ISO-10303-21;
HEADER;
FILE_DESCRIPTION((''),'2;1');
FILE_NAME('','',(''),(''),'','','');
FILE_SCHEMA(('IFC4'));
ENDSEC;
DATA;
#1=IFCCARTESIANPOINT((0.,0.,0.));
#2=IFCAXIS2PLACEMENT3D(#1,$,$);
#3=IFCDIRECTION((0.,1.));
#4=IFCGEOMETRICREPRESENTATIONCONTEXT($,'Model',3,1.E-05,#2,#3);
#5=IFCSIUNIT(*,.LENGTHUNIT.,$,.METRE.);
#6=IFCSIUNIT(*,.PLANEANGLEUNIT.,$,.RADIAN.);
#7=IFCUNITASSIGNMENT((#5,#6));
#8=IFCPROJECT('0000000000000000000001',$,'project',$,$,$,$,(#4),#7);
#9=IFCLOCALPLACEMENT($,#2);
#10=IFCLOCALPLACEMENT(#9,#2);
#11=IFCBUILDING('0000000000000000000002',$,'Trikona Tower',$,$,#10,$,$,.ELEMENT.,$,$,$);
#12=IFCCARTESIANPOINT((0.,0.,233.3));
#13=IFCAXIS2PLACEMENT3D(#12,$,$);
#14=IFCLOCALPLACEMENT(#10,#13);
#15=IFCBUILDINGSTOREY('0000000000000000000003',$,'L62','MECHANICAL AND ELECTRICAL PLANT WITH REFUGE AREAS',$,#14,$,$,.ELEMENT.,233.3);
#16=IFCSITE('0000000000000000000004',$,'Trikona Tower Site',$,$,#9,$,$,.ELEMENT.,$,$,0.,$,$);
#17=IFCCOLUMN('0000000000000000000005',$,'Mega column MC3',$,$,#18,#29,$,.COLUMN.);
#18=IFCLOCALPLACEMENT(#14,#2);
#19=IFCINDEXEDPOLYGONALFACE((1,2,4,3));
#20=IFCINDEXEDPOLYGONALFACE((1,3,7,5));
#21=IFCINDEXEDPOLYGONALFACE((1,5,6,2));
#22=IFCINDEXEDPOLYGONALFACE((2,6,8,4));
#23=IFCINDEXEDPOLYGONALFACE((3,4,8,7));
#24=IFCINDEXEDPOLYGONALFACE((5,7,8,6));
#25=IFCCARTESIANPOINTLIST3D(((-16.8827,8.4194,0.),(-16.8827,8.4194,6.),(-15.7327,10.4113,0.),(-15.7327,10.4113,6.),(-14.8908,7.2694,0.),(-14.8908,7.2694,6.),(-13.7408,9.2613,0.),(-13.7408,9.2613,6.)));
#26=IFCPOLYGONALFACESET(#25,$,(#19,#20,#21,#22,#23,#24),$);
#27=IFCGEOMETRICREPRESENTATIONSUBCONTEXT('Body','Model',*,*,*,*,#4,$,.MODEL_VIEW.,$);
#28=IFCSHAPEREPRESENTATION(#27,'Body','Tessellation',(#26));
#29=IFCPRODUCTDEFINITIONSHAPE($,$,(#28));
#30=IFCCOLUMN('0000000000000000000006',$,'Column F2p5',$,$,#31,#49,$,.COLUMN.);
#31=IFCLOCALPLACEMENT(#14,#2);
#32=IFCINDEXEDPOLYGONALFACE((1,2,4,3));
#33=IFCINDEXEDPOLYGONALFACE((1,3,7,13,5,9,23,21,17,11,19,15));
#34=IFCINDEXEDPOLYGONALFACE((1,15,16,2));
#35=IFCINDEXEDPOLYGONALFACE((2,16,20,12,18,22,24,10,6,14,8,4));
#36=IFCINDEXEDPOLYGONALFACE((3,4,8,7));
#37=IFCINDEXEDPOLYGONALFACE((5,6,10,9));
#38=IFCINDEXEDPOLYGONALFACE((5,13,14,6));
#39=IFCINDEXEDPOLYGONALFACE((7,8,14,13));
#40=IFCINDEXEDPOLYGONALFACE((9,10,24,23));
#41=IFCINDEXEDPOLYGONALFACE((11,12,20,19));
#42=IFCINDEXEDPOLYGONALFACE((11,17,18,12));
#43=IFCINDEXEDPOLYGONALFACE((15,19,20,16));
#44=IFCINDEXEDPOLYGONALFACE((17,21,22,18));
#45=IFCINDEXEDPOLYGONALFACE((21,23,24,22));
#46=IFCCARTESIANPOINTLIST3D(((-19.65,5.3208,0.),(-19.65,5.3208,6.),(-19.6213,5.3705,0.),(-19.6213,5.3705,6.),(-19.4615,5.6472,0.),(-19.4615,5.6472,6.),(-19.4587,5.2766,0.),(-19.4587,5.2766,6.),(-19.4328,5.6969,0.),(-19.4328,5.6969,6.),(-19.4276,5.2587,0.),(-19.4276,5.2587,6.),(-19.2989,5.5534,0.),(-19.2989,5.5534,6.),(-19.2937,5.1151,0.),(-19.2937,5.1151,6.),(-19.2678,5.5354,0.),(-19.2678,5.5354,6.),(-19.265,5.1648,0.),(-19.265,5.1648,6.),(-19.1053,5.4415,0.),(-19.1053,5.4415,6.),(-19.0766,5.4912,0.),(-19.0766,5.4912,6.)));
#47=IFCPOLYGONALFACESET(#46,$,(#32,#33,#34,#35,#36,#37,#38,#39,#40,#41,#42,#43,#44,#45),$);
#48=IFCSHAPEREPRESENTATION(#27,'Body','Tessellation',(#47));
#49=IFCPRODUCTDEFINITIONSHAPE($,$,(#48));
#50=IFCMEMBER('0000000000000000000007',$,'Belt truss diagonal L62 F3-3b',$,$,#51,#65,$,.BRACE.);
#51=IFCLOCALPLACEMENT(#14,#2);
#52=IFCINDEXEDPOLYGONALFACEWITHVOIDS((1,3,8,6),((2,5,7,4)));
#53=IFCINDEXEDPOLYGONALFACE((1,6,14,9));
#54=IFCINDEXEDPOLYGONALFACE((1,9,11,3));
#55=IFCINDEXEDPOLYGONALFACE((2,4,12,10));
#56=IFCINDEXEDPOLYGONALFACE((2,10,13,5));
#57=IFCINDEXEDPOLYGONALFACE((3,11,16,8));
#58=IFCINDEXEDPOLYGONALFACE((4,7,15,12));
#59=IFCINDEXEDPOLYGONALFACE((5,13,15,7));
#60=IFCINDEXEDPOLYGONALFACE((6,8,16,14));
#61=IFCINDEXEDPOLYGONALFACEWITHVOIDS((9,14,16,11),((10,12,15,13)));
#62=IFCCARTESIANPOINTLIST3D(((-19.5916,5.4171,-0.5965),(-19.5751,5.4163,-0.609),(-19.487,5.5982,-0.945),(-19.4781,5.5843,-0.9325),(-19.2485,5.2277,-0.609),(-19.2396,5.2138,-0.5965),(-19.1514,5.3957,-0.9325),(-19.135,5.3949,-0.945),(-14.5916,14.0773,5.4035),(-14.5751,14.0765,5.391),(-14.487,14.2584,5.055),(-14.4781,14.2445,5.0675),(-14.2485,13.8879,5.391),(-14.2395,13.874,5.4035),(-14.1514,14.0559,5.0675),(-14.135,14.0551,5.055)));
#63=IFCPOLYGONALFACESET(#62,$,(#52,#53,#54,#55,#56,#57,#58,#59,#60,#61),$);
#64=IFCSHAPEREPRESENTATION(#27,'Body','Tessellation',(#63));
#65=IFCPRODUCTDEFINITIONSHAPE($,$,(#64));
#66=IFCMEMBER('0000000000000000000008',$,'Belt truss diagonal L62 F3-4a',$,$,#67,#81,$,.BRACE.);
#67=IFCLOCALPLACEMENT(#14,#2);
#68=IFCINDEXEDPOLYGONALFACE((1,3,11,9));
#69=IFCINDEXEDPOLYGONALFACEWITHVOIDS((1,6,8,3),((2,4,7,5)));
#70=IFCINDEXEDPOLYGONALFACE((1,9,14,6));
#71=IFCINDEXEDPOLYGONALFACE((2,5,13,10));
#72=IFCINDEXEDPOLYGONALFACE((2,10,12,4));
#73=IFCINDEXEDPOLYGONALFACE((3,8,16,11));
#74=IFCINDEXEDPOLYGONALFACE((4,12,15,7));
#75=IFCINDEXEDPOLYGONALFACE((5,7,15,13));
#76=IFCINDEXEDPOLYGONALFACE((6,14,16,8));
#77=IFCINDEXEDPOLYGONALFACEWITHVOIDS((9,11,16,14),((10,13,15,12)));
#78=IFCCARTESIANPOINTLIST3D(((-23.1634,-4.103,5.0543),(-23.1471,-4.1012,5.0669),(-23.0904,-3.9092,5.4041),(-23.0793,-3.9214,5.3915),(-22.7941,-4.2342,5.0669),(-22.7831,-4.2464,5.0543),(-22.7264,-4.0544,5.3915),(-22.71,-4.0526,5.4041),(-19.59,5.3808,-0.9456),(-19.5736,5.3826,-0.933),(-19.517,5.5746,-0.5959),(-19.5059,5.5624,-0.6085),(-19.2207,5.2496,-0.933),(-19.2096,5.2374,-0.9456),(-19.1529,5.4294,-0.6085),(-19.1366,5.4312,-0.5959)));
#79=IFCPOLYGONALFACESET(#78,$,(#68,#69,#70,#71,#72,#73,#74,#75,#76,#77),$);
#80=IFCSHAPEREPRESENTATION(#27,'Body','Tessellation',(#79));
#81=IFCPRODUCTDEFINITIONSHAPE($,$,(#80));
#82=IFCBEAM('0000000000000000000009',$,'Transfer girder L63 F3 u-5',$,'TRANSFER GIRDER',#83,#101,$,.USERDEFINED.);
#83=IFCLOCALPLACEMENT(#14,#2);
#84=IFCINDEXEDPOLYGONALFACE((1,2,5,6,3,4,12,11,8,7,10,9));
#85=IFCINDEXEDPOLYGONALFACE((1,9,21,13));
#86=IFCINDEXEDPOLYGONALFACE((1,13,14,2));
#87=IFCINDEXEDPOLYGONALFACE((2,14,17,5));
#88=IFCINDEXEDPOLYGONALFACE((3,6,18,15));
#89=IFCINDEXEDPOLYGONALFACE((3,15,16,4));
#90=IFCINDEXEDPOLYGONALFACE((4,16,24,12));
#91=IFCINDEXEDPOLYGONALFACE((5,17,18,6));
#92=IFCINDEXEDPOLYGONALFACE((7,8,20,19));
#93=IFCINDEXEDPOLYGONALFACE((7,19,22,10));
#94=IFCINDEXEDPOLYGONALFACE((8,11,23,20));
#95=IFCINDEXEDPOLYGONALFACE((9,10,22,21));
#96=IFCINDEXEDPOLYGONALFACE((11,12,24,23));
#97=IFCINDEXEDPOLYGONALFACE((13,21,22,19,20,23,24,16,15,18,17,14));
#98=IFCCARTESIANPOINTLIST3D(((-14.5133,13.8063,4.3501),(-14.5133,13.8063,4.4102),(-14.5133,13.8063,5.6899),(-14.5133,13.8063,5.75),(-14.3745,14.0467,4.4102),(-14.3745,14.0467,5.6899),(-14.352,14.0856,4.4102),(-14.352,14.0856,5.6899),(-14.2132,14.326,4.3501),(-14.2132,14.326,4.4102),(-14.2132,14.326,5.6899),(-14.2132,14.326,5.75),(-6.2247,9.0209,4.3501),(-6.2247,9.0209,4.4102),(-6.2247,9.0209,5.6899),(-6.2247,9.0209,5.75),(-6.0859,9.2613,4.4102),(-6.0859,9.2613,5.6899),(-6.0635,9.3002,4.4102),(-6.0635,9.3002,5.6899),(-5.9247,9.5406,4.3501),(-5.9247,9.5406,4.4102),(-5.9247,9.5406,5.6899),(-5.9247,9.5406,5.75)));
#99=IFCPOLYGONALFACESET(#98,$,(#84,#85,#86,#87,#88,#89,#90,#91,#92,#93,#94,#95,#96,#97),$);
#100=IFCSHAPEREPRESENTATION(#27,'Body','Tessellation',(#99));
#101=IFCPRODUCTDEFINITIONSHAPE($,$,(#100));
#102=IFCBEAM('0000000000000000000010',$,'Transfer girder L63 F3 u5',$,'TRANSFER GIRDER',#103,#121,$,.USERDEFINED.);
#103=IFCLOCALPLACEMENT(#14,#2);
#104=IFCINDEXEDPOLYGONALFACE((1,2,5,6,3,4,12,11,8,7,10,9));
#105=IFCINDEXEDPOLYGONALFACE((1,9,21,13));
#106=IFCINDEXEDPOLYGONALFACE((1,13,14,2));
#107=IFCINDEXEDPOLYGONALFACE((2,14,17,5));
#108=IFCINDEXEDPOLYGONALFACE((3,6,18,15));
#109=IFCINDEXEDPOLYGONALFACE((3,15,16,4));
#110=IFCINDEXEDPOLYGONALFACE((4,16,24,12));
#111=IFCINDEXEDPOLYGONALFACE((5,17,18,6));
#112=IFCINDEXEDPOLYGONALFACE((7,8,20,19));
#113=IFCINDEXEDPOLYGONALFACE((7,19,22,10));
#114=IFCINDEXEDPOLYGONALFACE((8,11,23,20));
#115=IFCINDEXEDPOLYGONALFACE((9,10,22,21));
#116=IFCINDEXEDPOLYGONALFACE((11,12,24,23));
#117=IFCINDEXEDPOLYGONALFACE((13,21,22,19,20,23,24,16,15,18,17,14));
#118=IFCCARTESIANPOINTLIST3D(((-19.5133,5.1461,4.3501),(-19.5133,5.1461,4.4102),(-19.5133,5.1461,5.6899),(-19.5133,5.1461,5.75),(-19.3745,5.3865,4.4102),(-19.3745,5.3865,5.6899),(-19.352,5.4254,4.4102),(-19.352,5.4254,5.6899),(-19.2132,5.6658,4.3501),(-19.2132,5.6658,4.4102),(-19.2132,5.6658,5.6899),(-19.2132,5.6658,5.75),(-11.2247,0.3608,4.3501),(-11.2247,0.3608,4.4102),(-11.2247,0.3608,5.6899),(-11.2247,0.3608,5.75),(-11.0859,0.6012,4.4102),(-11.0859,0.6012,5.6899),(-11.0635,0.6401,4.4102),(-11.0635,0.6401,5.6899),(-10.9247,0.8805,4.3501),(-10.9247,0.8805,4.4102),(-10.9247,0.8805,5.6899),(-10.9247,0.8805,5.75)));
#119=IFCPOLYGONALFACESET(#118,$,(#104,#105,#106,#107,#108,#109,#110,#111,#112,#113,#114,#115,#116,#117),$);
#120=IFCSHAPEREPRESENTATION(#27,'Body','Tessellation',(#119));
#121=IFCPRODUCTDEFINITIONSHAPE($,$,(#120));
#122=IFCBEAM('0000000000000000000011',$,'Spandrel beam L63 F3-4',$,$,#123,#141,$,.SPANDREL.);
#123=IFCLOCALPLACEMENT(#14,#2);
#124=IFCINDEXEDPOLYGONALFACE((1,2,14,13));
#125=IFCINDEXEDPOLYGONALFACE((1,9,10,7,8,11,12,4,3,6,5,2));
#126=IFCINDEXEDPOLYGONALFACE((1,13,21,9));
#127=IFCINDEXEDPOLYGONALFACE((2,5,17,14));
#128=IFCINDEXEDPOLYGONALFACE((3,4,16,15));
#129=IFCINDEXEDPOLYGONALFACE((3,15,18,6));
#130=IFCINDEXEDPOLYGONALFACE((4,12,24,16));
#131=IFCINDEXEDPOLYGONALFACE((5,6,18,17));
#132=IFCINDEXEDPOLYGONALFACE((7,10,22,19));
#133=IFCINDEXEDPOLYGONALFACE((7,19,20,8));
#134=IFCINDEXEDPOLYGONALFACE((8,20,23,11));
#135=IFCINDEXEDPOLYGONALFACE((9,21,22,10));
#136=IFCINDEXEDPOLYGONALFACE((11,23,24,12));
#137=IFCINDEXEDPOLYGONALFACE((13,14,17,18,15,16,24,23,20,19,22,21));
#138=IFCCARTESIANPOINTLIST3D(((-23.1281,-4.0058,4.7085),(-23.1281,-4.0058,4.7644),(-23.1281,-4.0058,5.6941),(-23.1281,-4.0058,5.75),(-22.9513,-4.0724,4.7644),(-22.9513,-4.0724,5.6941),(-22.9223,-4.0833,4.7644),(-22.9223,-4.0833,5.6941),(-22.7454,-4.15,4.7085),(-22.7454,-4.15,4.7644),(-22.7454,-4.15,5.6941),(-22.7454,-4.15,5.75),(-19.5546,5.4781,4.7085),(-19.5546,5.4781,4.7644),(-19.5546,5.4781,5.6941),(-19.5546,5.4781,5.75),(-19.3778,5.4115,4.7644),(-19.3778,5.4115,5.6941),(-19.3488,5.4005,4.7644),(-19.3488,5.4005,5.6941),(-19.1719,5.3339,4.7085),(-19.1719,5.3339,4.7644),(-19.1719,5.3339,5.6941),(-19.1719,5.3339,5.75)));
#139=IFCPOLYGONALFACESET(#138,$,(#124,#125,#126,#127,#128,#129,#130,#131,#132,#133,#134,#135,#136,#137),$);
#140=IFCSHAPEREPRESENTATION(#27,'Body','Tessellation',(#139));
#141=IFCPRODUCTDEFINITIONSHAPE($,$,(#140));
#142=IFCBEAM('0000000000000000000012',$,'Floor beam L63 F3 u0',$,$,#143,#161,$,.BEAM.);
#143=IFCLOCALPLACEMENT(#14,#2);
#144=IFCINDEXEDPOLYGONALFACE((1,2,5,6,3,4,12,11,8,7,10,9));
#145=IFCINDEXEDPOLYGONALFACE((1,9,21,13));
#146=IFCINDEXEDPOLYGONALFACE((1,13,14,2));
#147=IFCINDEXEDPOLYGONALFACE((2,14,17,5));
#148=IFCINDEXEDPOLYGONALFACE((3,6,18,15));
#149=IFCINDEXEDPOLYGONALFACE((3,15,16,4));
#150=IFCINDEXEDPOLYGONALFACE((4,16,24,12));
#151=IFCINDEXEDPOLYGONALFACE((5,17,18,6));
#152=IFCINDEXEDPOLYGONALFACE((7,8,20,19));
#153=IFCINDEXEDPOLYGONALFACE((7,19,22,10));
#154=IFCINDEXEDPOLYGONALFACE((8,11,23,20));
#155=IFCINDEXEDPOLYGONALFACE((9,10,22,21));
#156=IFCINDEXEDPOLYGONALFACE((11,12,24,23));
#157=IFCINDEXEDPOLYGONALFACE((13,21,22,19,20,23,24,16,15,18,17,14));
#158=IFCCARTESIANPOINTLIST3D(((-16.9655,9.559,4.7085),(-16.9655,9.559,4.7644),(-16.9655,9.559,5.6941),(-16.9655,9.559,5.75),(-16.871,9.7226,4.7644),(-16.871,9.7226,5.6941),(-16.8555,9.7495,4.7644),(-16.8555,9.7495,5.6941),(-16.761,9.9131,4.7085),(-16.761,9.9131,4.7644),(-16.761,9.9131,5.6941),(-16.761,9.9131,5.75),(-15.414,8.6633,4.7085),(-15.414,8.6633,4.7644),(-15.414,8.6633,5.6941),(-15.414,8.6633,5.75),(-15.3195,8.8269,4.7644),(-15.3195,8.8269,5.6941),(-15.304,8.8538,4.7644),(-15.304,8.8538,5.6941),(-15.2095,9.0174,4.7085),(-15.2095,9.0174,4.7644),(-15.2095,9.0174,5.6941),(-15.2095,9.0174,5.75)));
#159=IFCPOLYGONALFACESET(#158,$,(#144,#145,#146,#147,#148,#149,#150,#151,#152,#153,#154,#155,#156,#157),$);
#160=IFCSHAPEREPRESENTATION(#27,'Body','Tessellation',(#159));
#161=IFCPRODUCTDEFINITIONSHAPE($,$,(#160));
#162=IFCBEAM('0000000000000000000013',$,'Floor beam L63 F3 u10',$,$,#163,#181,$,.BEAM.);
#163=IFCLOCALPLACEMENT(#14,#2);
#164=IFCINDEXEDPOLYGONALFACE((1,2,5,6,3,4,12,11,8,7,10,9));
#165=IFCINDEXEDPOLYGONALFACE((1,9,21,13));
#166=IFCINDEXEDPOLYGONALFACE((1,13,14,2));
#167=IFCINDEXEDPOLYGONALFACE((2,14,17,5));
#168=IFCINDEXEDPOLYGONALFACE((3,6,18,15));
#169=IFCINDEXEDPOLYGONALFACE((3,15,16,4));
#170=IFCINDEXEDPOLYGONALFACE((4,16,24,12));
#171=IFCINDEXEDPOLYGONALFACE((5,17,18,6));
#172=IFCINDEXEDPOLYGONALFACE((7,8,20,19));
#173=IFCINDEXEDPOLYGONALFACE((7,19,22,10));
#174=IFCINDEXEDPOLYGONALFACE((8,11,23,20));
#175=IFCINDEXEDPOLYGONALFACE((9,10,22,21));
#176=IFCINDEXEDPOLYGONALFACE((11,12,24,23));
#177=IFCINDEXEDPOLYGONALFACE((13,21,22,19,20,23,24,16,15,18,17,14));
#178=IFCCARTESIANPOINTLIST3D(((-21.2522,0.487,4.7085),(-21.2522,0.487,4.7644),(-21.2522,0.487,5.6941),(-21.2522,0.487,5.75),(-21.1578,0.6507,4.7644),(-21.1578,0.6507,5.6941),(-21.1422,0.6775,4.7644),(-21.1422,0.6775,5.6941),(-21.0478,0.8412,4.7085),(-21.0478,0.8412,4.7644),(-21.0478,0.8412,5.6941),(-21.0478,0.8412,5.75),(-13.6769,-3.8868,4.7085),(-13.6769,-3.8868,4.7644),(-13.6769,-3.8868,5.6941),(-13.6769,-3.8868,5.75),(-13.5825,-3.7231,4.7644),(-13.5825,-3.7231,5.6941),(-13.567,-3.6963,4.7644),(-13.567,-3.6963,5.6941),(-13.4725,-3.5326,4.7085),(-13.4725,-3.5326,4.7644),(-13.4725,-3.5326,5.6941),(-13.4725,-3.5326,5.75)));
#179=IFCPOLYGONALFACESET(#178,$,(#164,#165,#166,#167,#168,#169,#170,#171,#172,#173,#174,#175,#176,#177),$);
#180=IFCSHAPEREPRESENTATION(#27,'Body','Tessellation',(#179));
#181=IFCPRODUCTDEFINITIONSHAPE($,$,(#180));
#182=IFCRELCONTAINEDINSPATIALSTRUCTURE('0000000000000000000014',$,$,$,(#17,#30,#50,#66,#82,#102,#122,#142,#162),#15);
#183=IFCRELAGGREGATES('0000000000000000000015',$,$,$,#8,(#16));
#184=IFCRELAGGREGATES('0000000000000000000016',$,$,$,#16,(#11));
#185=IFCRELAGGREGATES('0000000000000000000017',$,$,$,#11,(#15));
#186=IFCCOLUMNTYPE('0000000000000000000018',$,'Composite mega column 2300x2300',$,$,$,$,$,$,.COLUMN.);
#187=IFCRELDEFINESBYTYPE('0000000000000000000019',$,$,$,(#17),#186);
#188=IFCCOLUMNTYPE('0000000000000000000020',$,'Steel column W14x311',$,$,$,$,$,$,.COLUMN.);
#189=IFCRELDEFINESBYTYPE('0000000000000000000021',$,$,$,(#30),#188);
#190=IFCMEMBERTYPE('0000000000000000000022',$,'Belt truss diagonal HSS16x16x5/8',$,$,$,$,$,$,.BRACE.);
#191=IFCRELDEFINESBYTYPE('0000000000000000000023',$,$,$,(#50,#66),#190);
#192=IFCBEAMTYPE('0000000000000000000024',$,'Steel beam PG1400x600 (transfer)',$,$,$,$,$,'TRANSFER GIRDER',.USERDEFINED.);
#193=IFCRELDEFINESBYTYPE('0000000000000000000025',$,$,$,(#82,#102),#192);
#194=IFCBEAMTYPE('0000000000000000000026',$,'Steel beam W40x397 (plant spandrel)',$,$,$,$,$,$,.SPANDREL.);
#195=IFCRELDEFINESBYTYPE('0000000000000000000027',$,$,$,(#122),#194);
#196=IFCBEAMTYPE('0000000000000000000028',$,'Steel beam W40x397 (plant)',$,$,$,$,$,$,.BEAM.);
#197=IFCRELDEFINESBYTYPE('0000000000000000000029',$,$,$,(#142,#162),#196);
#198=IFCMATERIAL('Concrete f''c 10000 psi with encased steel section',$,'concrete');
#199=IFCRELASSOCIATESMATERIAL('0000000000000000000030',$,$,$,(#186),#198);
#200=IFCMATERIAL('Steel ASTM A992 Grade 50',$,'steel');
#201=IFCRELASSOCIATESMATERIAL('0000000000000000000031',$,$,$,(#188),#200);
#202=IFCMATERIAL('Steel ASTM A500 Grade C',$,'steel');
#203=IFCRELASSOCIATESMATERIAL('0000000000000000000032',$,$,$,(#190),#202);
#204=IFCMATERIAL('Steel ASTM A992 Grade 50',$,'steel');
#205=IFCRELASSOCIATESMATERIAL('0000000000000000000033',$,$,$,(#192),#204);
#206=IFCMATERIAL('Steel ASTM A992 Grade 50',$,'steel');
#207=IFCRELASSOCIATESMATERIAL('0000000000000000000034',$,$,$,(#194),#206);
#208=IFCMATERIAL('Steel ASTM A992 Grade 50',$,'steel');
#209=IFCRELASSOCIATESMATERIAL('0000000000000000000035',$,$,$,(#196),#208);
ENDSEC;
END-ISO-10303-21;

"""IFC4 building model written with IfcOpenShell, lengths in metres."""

from ifc_helpers import new_model, si_unit, direction, frame, origin, origin_2d, place, context, subcontext, project, spatial, rectangle, hollow_rectangle, i_section, extrude, material, material_profile, profile_set, type_object, element, save


model = new_model("IFC4")

# Units and contexts
model_context = context("Model", 3, precision=1e-05, world=origin(), true_north=direction((0.0, 1.0)))
body_context = subcontext(model_context, "Body", "Model", "MODEL_VIEW")
ifc_project = project(units=[si_unit("LENGTHUNIT", "METRE"), si_unit("PLANEANGLEUNIT", "RADIAN")], contexts=[model_context])

# Site, building, storey
site_placement = place(None, origin())
site = spatial("IfcSite", under=ifc_project, at=site_placement, Name="Trikona Tower Site", CompositionType="ELEMENT", RefElevation=0.0)
building_placement = place(site_placement, origin())
building = spatial("IfcBuilding", under=site, at=building_placement, Name="Trikona Tower", CompositionType="ELEMENT")
storey_placement = place(building_placement, frame((0.0, 0.0, 233.3)))
storey = spatial("IfcBuildingStorey", under=building, at=storey_placement, Name="L62", Description="MECHANICAL AND ELECTRICAL PLANT WITH REFUGE AREAS", CompositionType="ELEMENT", Elevation=233.3)

# Columns
ifc_material_1 = material(Name="Concrete f'c 10000 psi with encased steel section", Category="concrete")
ifc_material_profile_1 = material_profile(ifc_material_1, rectangle(XDim=2.3, YDim=2.3, at=origin_2d()), Name="MC2300")
ifc_profile_set_1 = profile_set([ifc_material_profile_1], Name="Concrete f'c 10000 psi with encased steel section")
column_type_1 = type_object("IfcColumnType", Name="Composite mega column 2300x2300", PredefinedType="COLUMN", material=ifc_profile_set_1)
column_1_placement = place(storey_placement, frame((-15.3118, 8.8403, 0.0), z_axis=(0.0, 0.0, 1.0), x_axis=(-0.866025, 0.5, 0.0)))
element("IfcColumn", 1, at=column_1_placement, inside=storey, type_object=column_type_1, Name="Mega column MC3", PredefinedType="COLUMN", context=body_context, shape_type="SweptSolid", body=[
    extrude(rectangle(XDim=2.3, YDim=2.3, at=origin_2d()), origin(), (0.0, 0.0, 1.0), 6.0),
])
ifc_material_2 = material(Name="Steel ASTM A992 Grade 50", Category="steel")
ifc_material_profile_2 = material_profile(ifc_material_2, i_section(OverallWidth=0.4114, OverallDepth=0.4343, WebThickness=0.0359, FlangeThickness=0.0574, at=origin_2d()), Name="W14X311")
ifc_profile_set_2 = profile_set([ifc_material_profile_2], Name="Steel ASTM A992 Grade 50")
column_type_2 = type_object("IfcColumnType", Name="Steel column W14x311", PredefinedType="COLUMN", material=ifc_profile_set_2)
column_2_placement = place(storey_placement, frame((-19.3633, 5.406, 0.0), z_axis=(0.0, 0.0, 1.0), x_axis=(-0.866025, 0.5, 0.0)))
element("IfcColumn", 2, at=column_2_placement, inside=storey, type_object=column_type_2, Name="Column F2p5", PredefinedType="COLUMN", context=body_context, shape_type="SweptSolid", body=[
    extrude(i_section(OverallWidth=0.4114, OverallDepth=0.4343, WebThickness=0.0359, FlangeThickness=0.0574, at=origin_2d()), origin(), (0.0, 0.0, 1.0), 6.0),
])

# Members
ifc_material_3 = material(Name="Steel ASTM A500 Grade C", Category="steel")
ifc_material_profile_3 = material_profile(ifc_material_3, hollow_rectangle(XDim=0.4065, YDim=0.4065, WallThickness=0.0146, at=origin_2d()), Name="HSS16X16X5/8")
ifc_profile_set_3 = profile_set([ifc_material_profile_3], Name="Steel ASTM A500 Grade C")
member_type = type_object("IfcMemberType", Name="Belt truss diagonal HSS16x16x5/8", PredefinedType="BRACE", material=ifc_profile_set_3)
member_1_placement = place(storey_placement, frame((-19.3633, 5.406, -0.7708), z_axis=(0.428749, 0.742607, 0.514499), x_axis=(-0.866023, 0.500004, 0.0)))
element("IfcMember", 3, at=member_1_placement, inside=storey, type_object=member_type, Name="Belt truss diagonal L62 F3-3b", PredefinedType="BRACE", context=body_context, shape_type="SweptSolid", body=[
    extrude(hollow_rectangle(XDim=0.4065, YDim=0.4065, WallThickness=0.0146, at=origin_2d()), origin(), (0.0, 0.0, 1.0), 11.6619),
])
member_2_placement = place(storey_placement, frame((-19.3633, 5.406, -0.7708), z_axis=(-0.303412, -0.805242, 0.509438), x_axis=(0.935776, -0.352596, 0.0)))
element("IfcMember", 4, at=member_2_placement, inside=storey, type_object=member_type, Name="Belt truss diagonal L62 F3-4a", PredefinedType="BRACE", context=body_context, shape_type="SweptSolid", body=[
    extrude(hollow_rectangle(XDim=0.4065, YDim=0.4065, WallThickness=0.0146, at=origin_2d()), origin(), (0.0, 0.0, 1.0), 11.7776),
])

# Beams
ifc_material_4 = material(Name="Steel ASTM A992 Grade 50", Category="steel")
ifc_material_profile_4 = material_profile(ifc_material_4, i_section(OverallWidth=0.6001, OverallDepth=1.3999, WebThickness=0.0449, FlangeThickness=0.0601, at=origin_2d()), Name="PG1400X600")
ifc_profile_set_4 = profile_set([ifc_material_profile_4], Name="Steel ASTM A992 Grade 50")
beam_type_1 = type_object("IfcBeamType", Name="Steel beam PG1400x600 (transfer)", ElementType="TRANSFER GIRDER", PredefinedType="USERDEFINED", material=ifc_profile_set_4)
for number, where, z_axis, x_axis, name in (
    (5, (-6.0747, 9.2808, 5.05), (-0.866026, 0.499999, 0.0), (-0.499999, -0.866026, 0.0), "Transfer girder L63 F3 u-5"),
    (6, (-11.0747, 0.6206, 5.05), (-0.866026, 0.499999, 0.0), (-0.499999, -0.866026, 0.0), "Transfer girder L63 F3 u5"),
):
    element("IfcBeam", number, at=place(storey_placement, frame(where, z_axis=z_axis, x_axis=x_axis)), inside=storey, type_object=beam_type_1, Name=name, ObjectType="TRANSFER GIRDER", PredefinedType="USERDEFINED", context=body_context, shape_type="SweptSolid", body=[
        extrude(i_section(OverallWidth=0.6001, OverallDepth=1.3999, WebThickness=0.0449, FlangeThickness=0.0601, at=origin_2d()), origin(), (0.0, 0.0, 1.0), 9.5708),
    ])
ifc_material_5 = material(Name="Steel ASTM A992 Grade 50", Category="steel")
ifc_material_profile_5 = material_profile(ifc_material_5, i_section(OverallWidth=0.4089, OverallDepth=1.0415, WebThickness=0.031, FlangeThickness=0.0559, at=origin_2d()), Name="W40X397")
ifc_profile_set_5 = profile_set([ifc_material_profile_5], Name="Steel ASTM A992 Grade 50")
beam_type_2 = type_object("IfcBeamType", Name="Steel beam W40x397 (plant spandrel)", PredefinedType="SPANDREL", material=ifc_profile_set_5)
beam_1_placement = place(storey_placement, frame((-19.3633, 5.406, 5.2292), z_axis=(-0.352596, -0.935776, 0.0), x_axis=(0.935776, -0.352596, 0.0)))
element("IfcBeam", 7, at=beam_1_placement, inside=storey, type_object=beam_type_2, Name="Spandrel beam L63 F3-4", PredefinedType="SPANDREL", context=body_context, shape_type="SweptSolid", body=[
    extrude(i_section(OverallWidth=0.4089, OverallDepth=1.0415, WebThickness=0.031, FlangeThickness=0.0559, at=origin_2d()), origin(), (0.0, 0.0, 1.0), 10.1348),
])
ifc_material_6 = material(Name="Steel ASTM A992 Grade 50", Category="steel")
ifc_material_profile_6 = material_profile(ifc_material_6, i_section(OverallWidth=0.4089, OverallDepth=1.0415, WebThickness=0.031, FlangeThickness=0.0559, at=origin_2d()), Name="W40X397")
ifc_profile_set_6 = profile_set([ifc_material_profile_6], Name="Steel ASTM A992 Grade 50")
beam_type_3 = type_object("IfcBeamType", Name="Steel beam W40x397 (plant)", PredefinedType="BEAM", material=ifc_profile_set_6)
beam_2_placement = place(storey_placement, frame((-15.3118, 8.8403, 5.2292), z_axis=(-0.866029, 0.499994, 0.0), x_axis=(-0.499994, -0.866029, 0.0)))
element("IfcBeam", 8, at=beam_2_placement, inside=storey, type_object=beam_type_3, Name="Floor beam L63 F3 u0", PredefinedType="BEAM", context=body_context, shape_type="SweptSolid", body=[
    extrude(i_section(OverallWidth=0.4089, OverallDepth=1.0415, WebThickness=0.031, FlangeThickness=0.0559, at=origin_2d()), origin(), (0.0, 0.0, 1.0), 1.7915),
])
beam_3_placement = place(storey_placement, frame((-13.5747, -3.7097, 5.2292), z_axis=(-0.866014, 0.50002, 0.0), x_axis=(-0.50002, -0.866014, 0.0)))
element("IfcBeam", 9, at=beam_3_placement, inside=storey, type_object=beam_type_3, Name="Floor beam L63 F3 u10", PredefinedType="BEAM", context=body_context, shape_type="SweptSolid", body=[
    extrude(i_section(OverallWidth=0.4089, OverallDepth=1.0415, WebThickness=0.031, FlangeThickness=0.0559, at=origin_2d()), origin(), (0.0, 0.0, 1.0), 8.7473),
])

save(model, "model.ifc")
